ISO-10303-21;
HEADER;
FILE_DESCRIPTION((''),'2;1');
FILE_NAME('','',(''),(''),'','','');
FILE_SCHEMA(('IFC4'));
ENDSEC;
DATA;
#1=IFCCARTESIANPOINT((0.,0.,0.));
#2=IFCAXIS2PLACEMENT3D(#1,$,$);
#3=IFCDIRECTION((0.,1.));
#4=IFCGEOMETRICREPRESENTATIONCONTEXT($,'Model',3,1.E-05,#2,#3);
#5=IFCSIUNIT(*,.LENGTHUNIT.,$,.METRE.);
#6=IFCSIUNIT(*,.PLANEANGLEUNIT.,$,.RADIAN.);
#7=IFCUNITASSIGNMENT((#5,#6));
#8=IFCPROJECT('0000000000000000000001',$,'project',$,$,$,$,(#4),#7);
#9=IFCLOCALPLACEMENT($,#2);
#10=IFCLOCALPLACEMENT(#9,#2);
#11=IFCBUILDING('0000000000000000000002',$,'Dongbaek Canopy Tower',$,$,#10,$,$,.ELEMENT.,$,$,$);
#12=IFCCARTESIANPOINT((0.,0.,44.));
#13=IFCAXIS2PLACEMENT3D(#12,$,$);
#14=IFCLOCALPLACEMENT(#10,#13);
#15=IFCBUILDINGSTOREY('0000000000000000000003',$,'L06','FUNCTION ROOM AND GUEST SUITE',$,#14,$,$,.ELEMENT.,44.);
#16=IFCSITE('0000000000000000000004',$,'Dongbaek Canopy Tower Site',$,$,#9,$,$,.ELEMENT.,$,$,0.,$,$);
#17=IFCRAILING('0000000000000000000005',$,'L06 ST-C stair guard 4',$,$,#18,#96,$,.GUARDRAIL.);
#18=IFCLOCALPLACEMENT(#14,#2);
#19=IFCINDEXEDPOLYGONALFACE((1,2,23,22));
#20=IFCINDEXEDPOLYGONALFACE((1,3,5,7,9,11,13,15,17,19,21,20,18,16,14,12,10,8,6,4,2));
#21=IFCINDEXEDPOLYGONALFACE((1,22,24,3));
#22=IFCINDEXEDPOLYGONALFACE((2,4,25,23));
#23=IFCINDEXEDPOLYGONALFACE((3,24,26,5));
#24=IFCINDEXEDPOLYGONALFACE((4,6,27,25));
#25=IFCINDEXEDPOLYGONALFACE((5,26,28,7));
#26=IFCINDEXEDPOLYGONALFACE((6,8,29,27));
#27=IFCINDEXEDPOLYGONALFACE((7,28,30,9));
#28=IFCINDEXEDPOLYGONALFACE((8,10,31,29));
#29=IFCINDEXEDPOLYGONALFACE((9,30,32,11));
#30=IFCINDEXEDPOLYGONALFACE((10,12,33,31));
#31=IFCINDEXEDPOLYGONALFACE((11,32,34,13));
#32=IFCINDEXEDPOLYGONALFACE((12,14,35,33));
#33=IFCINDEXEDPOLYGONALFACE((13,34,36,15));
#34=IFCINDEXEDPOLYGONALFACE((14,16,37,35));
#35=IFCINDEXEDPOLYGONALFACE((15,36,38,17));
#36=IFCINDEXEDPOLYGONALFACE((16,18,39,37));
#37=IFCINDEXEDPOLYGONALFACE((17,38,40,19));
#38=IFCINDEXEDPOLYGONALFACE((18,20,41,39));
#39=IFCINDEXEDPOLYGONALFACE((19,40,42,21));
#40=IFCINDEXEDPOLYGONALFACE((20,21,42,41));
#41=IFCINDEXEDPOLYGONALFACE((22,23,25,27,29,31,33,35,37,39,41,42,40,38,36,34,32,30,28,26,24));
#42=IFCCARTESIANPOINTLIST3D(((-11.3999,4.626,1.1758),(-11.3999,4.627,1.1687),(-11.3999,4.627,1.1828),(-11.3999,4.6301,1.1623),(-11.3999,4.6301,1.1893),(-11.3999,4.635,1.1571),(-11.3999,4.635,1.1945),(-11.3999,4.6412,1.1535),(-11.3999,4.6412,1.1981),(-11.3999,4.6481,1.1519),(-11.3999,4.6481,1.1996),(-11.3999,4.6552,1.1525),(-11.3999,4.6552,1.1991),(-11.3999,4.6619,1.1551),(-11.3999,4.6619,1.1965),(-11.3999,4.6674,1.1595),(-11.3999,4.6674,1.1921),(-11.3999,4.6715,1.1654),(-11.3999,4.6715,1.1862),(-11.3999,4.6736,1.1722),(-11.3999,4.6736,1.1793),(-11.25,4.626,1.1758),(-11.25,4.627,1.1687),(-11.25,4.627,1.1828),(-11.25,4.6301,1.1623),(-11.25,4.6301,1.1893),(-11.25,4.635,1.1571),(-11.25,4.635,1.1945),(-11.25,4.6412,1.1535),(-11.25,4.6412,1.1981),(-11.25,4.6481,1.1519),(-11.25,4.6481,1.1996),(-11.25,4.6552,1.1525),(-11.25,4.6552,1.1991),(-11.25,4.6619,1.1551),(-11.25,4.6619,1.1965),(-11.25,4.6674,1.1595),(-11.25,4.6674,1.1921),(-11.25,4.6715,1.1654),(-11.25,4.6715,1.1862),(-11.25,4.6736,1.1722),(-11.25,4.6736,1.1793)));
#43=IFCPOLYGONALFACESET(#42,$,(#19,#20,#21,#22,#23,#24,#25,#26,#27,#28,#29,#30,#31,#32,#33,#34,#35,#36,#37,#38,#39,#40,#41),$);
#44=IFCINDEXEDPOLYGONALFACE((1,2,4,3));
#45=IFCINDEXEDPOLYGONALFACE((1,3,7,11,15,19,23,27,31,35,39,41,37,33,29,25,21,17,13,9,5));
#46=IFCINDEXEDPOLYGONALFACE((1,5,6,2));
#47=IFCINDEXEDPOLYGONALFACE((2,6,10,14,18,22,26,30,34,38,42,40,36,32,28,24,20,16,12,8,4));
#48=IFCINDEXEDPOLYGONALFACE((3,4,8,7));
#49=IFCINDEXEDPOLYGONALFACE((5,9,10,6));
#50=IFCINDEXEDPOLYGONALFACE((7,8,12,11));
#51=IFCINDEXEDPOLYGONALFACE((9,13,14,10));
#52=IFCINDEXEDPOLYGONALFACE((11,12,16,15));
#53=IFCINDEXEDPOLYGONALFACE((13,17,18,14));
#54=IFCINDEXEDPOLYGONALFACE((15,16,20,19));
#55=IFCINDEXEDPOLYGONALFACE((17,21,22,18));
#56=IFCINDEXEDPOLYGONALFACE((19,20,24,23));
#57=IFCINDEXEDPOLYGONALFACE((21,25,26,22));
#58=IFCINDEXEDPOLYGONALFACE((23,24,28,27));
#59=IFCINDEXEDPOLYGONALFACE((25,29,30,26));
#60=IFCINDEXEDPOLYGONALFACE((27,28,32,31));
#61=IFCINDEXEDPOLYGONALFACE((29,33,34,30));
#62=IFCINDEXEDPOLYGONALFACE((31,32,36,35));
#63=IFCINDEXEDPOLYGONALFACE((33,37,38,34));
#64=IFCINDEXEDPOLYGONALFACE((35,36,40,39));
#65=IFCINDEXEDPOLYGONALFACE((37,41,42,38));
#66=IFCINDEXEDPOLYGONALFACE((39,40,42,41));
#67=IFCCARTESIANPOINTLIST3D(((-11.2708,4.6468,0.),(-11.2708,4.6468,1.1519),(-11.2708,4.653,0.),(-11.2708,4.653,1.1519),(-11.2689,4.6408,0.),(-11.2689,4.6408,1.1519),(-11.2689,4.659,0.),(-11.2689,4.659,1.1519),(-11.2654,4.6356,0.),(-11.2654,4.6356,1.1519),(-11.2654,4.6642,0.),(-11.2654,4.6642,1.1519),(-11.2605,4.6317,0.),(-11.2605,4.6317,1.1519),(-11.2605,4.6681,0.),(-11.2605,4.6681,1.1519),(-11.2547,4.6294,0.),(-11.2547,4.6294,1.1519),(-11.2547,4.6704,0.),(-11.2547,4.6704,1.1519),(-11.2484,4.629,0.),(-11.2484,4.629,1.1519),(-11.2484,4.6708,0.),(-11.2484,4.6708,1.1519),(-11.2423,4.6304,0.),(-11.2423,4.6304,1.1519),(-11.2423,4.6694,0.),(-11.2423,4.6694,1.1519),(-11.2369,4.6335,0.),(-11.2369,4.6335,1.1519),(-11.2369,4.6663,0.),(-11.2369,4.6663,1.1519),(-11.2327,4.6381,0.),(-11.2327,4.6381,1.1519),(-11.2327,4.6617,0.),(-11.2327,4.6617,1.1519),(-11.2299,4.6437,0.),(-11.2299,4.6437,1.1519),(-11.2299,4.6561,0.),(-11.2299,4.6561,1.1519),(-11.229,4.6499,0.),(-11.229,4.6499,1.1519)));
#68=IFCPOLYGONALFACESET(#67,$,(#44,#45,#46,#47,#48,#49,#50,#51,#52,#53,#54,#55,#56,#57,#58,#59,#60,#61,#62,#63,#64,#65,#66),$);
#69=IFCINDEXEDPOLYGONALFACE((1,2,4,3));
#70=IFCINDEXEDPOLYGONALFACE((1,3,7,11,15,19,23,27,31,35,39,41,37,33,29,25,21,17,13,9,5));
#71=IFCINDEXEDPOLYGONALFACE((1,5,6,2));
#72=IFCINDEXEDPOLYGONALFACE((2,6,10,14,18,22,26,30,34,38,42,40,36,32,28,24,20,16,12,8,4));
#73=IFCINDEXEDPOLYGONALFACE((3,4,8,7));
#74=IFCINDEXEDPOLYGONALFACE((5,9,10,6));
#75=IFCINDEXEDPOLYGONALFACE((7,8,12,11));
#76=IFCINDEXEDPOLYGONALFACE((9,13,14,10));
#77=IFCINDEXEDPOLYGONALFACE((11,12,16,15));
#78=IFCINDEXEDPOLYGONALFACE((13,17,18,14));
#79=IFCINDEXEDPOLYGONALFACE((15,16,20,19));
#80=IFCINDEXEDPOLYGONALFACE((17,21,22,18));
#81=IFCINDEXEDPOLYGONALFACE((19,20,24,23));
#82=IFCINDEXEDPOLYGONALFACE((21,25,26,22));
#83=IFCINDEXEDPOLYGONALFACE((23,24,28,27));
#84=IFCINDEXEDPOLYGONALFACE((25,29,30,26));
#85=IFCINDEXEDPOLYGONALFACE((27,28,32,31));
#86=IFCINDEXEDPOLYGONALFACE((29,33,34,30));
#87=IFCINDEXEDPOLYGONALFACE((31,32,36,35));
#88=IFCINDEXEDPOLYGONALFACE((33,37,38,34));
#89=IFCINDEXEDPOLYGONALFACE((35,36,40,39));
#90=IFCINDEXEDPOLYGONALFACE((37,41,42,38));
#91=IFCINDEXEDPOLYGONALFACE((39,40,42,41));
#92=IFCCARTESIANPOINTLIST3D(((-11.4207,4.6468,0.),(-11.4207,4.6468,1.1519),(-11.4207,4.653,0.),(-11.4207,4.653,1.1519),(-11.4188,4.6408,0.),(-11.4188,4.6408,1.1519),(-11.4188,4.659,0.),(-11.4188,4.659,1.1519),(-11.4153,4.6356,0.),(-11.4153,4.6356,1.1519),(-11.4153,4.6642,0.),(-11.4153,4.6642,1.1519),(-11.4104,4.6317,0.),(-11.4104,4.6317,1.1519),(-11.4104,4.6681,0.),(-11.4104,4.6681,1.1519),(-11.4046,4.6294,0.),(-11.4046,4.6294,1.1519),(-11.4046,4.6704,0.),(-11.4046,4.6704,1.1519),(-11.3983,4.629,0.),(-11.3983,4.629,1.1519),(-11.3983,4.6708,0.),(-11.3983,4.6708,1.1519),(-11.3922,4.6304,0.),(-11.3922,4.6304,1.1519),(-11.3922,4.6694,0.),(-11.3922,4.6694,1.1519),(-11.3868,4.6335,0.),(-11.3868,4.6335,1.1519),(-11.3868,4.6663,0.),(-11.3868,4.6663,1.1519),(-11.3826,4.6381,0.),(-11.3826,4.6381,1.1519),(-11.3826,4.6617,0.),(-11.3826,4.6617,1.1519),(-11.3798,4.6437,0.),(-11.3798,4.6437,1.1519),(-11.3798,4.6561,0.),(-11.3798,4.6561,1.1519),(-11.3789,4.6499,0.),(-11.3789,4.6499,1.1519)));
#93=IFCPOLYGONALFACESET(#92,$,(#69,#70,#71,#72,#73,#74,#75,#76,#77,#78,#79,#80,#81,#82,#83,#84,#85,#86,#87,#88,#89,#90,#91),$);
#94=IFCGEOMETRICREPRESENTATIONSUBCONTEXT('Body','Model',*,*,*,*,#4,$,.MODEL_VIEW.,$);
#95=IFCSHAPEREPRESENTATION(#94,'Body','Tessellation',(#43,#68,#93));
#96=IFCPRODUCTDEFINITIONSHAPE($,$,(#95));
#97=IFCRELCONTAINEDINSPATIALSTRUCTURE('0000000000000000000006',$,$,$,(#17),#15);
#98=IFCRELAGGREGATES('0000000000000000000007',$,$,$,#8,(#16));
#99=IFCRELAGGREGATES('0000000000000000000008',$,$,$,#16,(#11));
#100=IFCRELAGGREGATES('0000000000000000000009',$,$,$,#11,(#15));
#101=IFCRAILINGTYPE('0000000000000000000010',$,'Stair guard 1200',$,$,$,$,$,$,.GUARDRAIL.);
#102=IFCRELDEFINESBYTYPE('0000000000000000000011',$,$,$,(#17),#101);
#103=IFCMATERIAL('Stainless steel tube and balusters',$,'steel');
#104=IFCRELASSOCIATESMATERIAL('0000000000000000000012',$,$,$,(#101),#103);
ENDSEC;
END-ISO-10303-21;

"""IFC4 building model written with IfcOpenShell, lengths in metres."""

from ifc_helpers import new_model, si_unit, direction, frame, origin, origin_2d, place, context, subcontext, project, spatial, circle, extrude, material, type_object, element, save


model = new_model("IFC4")

# Units and contexts
model_context = context("Model", 3, precision=1e-05, world=origin(), true_north=direction((0.0, 1.0)))
body_context = subcontext(model_context, "Body", "Model", "MODEL_VIEW")
ifc_project = project(units=[si_unit("LENGTHUNIT", "METRE"), si_unit("PLANEANGLEUNIT", "RADIAN")], contexts=[model_context])

# Site, building, storey
site_placement = place(None, origin())
site = spatial("IfcSite", under=ifc_project, at=site_placement, Name="Dongbaek Canopy Tower Site", CompositionType="ELEMENT", RefElevation=0.0)
building_placement = place(site_placement, origin())
building = spatial("IfcBuilding", under=site, at=building_placement, Name="Dongbaek Canopy Tower", CompositionType="ELEMENT")
storey_placement = place(building_placement, frame((0.0, 0.0, 44.0)))
storey = spatial("IfcBuildingStorey", under=building, at=storey_placement, Name="L06", Description="FUNCTION ROOM AND GUEST SUITE", CompositionType="ELEMENT", Elevation=44.0)

# Railing
ifc_material_1 = material(Name="Stainless steel tube and balusters", Category="steel")
railing_type_1 = type_object("IfcRailingType", Name="Stair guard 1200", PredefinedType="GUARDRAIL", material=ifc_material_1)
railing_1_placement = place(storey_placement, frame((-11.25, 4.6499, 0.0)))
element("IfcRailing", 1, at=railing_1_placement, inside=storey, type_object=railing_type_1, Name="L06 ST-C stair guard 4", PredefinedType="GUARDRAIL", context=body_context, shape_type="SweptSolid", body=[
    extrude(circle(Radius=0.0239, at=origin_2d()), frame((0.0, 0.0, 1.1758), z_axis=(-1.0, 0.0, 0.0), x_axis=(0.0, -1.0, 0.0)), (0.0, 0.0, 1.0), 0.1499),
    extrude(circle(Radius=0.021, at=origin_2d()), origin(), (0.0, 0.0, 1.0), 1.1519),
    extrude(circle(Radius=0.021, at=origin_2d()), frame((-0.1499, 0.0, 0.0)), (0.0, 0.0, 1.0), 1.1519),
])

save(model, "model.ifc")
